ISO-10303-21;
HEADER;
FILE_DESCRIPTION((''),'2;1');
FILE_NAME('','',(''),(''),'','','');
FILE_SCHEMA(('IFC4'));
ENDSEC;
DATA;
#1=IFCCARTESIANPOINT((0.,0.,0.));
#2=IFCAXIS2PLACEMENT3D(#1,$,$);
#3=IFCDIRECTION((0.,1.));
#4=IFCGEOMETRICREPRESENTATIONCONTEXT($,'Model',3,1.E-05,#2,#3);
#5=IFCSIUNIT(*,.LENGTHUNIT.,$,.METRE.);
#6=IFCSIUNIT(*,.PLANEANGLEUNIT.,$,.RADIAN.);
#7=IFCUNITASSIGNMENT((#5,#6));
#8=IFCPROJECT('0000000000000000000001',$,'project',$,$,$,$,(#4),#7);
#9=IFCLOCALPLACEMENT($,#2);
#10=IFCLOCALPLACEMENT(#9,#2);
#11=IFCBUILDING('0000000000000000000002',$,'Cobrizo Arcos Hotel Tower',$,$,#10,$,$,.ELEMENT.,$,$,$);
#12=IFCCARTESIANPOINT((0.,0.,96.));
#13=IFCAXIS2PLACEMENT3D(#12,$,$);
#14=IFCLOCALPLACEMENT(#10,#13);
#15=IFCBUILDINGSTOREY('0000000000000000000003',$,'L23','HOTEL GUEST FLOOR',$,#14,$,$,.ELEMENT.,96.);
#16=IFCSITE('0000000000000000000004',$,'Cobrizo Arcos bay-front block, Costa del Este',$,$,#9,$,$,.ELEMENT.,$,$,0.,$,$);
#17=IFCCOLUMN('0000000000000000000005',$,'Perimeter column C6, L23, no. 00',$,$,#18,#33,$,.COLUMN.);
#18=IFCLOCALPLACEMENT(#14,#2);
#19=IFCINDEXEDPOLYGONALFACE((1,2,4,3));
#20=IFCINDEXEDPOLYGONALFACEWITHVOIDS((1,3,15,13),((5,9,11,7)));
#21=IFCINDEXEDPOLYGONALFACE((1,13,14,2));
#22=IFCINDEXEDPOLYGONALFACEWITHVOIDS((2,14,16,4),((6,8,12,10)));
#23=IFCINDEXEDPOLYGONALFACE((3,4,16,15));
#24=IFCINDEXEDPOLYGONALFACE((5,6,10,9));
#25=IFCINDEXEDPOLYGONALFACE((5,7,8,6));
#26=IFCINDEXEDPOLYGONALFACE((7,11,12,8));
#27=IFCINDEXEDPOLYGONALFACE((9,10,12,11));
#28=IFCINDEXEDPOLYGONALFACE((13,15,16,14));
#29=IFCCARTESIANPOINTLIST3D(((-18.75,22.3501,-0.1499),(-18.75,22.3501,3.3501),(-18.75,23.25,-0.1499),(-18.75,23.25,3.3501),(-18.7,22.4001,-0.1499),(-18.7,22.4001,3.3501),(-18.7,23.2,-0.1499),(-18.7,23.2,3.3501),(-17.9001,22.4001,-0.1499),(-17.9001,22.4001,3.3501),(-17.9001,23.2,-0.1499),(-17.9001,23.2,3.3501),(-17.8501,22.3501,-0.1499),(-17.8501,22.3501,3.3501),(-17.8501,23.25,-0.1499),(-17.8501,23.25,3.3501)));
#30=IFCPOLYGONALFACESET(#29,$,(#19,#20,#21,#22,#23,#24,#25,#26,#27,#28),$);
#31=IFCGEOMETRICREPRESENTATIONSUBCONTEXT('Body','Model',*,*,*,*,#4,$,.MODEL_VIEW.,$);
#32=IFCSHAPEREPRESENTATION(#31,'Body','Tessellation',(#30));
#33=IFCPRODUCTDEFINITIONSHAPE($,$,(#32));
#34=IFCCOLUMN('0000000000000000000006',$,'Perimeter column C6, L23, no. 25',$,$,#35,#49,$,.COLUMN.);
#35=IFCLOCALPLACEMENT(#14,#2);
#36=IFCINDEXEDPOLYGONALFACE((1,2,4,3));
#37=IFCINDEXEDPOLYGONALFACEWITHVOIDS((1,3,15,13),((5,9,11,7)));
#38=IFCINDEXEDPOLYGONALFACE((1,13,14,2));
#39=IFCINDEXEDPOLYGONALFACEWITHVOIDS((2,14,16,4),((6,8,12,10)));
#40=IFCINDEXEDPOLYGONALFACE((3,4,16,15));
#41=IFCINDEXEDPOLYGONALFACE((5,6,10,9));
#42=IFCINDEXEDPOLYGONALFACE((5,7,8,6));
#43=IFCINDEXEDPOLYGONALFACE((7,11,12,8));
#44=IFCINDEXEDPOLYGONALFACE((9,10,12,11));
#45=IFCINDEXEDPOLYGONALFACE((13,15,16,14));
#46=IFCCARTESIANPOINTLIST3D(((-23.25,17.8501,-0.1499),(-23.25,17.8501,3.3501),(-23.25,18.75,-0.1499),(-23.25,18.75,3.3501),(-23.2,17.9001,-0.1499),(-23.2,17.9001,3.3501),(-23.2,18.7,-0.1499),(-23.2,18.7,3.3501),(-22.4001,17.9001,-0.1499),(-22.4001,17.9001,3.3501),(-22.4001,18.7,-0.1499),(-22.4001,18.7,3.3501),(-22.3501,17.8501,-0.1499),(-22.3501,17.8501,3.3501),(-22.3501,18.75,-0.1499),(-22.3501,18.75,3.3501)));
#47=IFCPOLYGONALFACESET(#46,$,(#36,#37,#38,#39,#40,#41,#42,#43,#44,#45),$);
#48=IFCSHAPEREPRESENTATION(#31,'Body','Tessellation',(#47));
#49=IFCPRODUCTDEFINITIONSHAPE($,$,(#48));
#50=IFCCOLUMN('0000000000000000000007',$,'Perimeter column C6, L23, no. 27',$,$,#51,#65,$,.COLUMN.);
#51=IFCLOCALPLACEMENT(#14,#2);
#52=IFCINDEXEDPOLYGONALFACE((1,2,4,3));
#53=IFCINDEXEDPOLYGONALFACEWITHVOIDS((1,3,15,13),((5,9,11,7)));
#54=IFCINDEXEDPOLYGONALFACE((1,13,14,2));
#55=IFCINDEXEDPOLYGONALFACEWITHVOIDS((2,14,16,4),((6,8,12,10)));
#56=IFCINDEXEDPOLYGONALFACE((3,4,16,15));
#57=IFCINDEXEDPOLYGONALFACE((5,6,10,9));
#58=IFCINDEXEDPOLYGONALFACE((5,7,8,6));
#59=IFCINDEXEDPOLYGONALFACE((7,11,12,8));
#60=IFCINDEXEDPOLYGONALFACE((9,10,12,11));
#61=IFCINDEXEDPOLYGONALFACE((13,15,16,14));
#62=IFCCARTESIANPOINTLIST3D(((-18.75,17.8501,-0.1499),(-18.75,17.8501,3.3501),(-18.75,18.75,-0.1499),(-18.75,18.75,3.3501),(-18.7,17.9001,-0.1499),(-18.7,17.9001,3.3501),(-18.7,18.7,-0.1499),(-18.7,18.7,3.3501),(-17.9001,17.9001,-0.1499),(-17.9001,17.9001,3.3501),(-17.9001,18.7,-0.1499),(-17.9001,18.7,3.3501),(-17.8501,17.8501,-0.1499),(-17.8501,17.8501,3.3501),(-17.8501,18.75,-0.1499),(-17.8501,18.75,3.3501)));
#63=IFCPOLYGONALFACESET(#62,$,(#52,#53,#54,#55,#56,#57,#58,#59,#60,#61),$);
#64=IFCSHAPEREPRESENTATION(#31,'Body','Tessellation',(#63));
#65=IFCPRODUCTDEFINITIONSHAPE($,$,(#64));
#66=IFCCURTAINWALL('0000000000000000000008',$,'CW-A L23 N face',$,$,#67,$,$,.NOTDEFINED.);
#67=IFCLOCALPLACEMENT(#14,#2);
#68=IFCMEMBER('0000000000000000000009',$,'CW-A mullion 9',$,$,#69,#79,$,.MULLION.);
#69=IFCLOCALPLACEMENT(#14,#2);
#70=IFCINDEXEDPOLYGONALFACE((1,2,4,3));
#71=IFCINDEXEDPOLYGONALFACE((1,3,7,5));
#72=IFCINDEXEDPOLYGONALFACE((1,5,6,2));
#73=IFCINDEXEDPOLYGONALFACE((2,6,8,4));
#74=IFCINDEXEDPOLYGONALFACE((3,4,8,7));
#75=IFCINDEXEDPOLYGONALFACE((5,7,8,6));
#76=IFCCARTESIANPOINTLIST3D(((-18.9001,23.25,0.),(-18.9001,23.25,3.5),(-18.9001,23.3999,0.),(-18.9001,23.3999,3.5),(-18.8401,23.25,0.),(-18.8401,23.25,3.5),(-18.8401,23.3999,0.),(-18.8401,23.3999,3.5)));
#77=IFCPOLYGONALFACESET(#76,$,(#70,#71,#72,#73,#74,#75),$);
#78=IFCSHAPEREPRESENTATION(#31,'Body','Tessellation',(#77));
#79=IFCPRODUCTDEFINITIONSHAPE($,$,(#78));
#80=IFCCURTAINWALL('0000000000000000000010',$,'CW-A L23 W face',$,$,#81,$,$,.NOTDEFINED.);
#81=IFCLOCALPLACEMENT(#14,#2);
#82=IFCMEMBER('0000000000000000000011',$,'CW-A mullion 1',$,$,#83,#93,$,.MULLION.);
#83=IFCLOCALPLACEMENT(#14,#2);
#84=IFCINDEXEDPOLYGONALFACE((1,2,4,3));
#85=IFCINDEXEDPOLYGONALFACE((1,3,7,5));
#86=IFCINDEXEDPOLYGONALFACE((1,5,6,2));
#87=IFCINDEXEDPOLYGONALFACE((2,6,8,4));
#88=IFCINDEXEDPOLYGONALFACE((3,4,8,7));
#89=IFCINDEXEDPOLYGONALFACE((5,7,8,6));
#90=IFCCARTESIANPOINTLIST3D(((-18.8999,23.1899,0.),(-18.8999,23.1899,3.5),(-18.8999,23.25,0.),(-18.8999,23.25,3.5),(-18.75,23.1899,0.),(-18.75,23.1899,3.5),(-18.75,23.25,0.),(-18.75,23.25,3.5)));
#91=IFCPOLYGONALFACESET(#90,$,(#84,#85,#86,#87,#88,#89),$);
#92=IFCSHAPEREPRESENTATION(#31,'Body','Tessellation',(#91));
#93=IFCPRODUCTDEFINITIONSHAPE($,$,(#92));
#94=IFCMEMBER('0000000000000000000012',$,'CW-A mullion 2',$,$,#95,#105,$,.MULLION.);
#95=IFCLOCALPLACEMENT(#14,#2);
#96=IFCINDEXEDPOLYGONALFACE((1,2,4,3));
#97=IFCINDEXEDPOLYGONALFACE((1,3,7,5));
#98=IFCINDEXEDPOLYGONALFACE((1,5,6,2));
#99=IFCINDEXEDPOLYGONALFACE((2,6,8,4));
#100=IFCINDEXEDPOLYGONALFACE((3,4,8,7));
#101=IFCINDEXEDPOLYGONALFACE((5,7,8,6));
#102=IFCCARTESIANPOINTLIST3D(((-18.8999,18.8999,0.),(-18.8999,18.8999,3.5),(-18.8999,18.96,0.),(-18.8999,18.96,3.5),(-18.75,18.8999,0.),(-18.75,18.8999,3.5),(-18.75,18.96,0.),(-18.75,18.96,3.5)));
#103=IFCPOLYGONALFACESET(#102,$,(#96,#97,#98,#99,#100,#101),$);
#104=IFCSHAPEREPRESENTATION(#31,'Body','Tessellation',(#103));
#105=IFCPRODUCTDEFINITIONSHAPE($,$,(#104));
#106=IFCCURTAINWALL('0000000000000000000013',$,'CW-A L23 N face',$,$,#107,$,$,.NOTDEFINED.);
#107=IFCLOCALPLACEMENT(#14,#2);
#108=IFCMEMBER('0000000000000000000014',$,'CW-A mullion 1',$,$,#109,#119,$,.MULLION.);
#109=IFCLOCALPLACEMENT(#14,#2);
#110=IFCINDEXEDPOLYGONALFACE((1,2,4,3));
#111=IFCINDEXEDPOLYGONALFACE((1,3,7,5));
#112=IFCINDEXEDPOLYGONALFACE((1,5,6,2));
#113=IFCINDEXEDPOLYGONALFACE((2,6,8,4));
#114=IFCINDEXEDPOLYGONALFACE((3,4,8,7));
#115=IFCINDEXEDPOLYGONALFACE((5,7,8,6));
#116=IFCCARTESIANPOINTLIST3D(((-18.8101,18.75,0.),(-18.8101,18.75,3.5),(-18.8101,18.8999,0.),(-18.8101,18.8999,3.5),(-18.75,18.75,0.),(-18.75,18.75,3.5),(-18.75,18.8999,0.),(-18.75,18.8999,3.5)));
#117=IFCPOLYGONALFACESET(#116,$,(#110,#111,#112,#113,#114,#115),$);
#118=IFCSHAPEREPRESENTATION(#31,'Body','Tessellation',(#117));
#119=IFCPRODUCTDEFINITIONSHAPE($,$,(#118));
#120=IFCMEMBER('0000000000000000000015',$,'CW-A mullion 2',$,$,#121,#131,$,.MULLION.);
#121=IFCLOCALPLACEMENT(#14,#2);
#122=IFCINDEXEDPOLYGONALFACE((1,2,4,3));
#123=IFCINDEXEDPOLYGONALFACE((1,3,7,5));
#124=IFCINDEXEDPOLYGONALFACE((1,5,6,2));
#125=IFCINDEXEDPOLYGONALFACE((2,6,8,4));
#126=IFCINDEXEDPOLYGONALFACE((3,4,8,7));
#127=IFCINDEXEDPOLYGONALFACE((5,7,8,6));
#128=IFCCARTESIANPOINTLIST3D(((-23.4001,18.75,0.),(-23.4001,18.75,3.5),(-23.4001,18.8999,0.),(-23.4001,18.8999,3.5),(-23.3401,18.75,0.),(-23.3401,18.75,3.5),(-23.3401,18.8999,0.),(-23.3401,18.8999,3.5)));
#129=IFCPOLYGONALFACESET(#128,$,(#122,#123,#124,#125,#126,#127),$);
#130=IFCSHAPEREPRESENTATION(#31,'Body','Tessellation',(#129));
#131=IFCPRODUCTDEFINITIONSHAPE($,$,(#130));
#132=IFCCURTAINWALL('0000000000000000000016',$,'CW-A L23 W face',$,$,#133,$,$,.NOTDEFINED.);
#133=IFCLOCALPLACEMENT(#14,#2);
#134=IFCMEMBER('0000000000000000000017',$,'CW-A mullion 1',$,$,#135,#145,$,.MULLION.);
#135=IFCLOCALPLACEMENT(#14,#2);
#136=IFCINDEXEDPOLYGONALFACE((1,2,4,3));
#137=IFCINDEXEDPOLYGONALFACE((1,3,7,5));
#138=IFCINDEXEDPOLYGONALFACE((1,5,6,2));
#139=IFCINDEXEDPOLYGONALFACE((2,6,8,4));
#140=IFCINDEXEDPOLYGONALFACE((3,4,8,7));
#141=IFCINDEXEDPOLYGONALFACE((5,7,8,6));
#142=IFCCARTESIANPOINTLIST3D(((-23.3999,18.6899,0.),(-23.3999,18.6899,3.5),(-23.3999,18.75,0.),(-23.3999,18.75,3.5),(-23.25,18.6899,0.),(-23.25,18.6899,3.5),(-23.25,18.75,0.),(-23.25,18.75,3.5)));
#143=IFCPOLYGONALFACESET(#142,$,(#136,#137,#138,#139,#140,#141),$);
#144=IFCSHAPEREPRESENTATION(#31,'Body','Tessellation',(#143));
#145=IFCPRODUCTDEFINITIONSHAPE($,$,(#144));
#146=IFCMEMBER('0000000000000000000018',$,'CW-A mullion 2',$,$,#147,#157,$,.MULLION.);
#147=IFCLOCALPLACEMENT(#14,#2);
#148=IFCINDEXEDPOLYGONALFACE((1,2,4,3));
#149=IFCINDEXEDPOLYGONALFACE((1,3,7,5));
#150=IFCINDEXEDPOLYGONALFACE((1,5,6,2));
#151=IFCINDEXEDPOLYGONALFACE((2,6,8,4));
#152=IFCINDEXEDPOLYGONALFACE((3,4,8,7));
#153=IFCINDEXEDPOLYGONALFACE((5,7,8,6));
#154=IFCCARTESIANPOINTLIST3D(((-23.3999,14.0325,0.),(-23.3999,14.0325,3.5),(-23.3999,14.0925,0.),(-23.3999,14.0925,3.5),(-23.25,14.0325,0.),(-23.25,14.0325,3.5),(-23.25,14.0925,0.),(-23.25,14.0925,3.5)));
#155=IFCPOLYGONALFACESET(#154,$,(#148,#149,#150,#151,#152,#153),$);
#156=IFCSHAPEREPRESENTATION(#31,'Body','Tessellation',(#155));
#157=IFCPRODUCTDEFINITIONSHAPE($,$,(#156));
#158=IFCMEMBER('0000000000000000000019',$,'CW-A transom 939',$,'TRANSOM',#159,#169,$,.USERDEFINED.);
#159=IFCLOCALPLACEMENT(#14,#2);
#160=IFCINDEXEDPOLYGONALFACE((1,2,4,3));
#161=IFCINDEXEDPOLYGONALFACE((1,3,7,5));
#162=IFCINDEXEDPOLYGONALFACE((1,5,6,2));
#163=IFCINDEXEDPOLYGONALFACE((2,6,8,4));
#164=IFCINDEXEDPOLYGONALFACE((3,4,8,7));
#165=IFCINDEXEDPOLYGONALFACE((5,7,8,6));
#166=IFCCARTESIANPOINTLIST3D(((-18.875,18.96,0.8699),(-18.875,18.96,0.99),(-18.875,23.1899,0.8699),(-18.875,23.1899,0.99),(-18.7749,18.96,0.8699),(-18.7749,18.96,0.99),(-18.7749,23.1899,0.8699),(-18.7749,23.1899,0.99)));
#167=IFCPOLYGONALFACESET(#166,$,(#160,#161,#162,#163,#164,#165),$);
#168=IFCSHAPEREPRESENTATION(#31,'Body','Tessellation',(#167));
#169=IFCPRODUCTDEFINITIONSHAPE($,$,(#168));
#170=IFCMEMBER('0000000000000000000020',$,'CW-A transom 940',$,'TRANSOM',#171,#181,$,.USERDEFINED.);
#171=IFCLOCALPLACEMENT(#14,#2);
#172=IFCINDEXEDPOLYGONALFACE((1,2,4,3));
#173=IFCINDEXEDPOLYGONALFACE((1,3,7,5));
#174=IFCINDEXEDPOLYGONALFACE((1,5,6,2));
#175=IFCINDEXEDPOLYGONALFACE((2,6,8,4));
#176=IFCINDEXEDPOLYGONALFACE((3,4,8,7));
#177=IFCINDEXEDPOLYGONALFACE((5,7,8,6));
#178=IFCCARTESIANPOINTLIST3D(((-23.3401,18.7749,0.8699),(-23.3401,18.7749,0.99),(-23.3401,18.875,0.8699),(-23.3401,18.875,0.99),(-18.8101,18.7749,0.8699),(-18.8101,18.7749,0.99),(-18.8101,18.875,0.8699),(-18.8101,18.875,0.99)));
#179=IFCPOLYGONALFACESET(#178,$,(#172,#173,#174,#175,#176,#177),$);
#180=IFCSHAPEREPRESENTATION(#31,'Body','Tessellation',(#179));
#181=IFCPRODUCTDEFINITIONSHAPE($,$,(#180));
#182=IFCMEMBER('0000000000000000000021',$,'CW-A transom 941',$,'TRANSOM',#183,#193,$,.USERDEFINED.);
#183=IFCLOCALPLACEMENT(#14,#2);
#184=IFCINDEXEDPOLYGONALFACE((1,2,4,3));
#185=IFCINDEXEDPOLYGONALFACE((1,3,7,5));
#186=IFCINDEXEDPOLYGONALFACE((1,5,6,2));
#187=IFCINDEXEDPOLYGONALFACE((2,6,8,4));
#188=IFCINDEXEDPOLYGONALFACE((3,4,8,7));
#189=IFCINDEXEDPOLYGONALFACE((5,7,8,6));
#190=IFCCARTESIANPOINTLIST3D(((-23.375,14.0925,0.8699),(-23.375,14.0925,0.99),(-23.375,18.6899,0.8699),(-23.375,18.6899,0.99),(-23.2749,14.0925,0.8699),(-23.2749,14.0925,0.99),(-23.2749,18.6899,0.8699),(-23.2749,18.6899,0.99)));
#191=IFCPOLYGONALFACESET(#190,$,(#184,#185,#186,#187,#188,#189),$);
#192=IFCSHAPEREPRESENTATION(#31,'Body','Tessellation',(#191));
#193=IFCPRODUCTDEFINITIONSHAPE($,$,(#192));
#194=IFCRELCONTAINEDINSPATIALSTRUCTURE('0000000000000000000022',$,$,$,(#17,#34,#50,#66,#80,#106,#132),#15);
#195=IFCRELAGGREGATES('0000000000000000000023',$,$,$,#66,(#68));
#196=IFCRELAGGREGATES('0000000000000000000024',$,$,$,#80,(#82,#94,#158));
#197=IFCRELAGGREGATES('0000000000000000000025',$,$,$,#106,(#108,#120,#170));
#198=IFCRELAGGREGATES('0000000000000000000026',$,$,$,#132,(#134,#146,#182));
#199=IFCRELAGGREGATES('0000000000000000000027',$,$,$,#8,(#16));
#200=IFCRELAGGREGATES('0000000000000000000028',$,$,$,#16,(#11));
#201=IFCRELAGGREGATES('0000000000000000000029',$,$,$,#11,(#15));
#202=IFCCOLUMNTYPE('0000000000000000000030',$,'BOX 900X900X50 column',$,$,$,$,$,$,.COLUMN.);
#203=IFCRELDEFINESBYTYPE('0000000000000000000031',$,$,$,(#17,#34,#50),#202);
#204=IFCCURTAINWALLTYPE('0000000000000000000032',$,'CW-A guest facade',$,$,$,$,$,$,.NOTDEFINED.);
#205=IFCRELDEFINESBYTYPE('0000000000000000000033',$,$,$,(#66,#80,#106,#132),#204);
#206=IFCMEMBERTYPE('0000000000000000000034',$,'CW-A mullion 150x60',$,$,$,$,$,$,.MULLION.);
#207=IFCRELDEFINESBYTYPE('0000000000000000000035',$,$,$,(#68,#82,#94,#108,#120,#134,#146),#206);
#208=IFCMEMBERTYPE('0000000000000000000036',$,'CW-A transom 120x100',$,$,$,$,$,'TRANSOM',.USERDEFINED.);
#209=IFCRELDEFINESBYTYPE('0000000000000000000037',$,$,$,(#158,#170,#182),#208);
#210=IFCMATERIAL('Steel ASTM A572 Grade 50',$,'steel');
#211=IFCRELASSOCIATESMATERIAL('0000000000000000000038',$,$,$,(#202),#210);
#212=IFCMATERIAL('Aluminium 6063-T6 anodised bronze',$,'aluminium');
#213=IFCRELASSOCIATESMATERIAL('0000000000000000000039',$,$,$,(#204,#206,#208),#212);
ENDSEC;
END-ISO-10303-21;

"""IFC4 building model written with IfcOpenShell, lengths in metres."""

from ifc_helpers import new_model, si_unit, direction, frame, origin, origin_2d, place, context, subcontext, project, spatial, rectangle, hollow_rectangle, extrude, material, material_profile, profile_set, type_object, element, aggregate, save


model = new_model("IFC4")

# Units and contexts
model_context = context("Model", 3, precision=1e-05, world=origin(), true_north=direction((0.0, 1.0)))
body_context = subcontext(model_context, "Body", "Model", "MODEL_VIEW")
ifc_project = project(units=[si_unit("LENGTHUNIT", "METRE"), si_unit("PLANEANGLEUNIT", "RADIAN")], contexts=[model_context])

# Site, building, storey
site_placement = place(None, origin())
site = spatial("IfcSite", under=ifc_project, at=site_placement, Name="Cobrizo Arcos bay-front block, Costa del Este", CompositionType="ELEMENT", RefElevation=0.0)
building_placement = place(site_placement, origin())
building = spatial("IfcBuilding", under=site, at=building_placement, Name="Cobrizo Arcos Hotel Tower", CompositionType="ELEMENT")
storey_placement = place(building_placement, frame((0.0, 0.0, 96.0)))
storey = spatial("IfcBuildingStorey", under=building, at=storey_placement, Name="L23", Description="HOTEL GUEST FLOOR", CompositionType="ELEMENT", Elevation=96.0)

# Columns
ifc_material_1 = material(Name="Steel ASTM A572 Grade 50", Category="steel")
ifc_material_profile_1 = material_profile(ifc_material_1, hollow_rectangle(XDim=0.8999, YDim=0.8999, WallThickness=0.05, at=origin_2d()), Name="BOX 900X900X50")
ifc_profile_set_1 = profile_set([ifc_material_profile_1], Name="Steel ASTM A572 Grade 50")
column_type = type_object("IfcColumnType", Name="BOX 900X900X50 column", PredefinedType="COLUMN", material=ifc_profile_set_1)
for number, where, z_axis, x_axis, name in (
    (1, (-18.3, 22.8, -0.1499), (0.0, 0.0, 1.0), (1.0, 0.0, 0.0), "Perimeter column C6, L23, no. 00"),
    (2, (-22.8, 18.3, -0.1499), (0.0, 0.0, 1.0), (1.0, 0.0, 0.0), "Perimeter column C6, L23, no. 25"),
    (3, (-18.3, 18.3, -0.1499), (0.0, 0.0, 1.0), (1.0, 0.0, 0.0), "Perimeter column C6, L23, no. 27"),
):
    element("IfcColumn", number, at=place(storey_placement, frame(where, z_axis=z_axis, x_axis=x_axis)), inside=storey, type_object=column_type, Name=name, PredefinedType="COLUMN", context=body_context, shape_type="SweptSolid", body=[
        extrude(hollow_rectangle(XDim=0.8999, YDim=0.8999, WallThickness=0.05, at=origin_2d()), origin(), (0.0, 0.0, 1.0), 3.5),
    ])

# Curtain wall, member
ifc_material_2 = material(Name="Aluminium 6063-T6 anodised bronze", Category="aluminium")
curtain_wall_type = type_object("IfcCurtainWallType", Name="CW-A guest facade", PredefinedType="NOTDEFINED", material=ifc_material_2)
curtain_wall_1_placement = place(storey_placement, origin())
curtain_wall_1 = element("IfcCurtainWall", 4, at=curtain_wall_1_placement, inside=storey, type_object=curtain_wall_type, Name="CW-A L23 N face", PredefinedType="NOTDEFINED")
ifc_material_profile_2 = material_profile(ifc_material_2, rectangle(XDim=0.1499, YDim=0.0601, at=origin_2d()), Name="CW-A mullion 150x60")
ifc_profile_set_2 = profile_set([ifc_material_profile_2], Name="Aluminium 6063-T6 anodised bronze")
member_type_1 = type_object("IfcMemberType", Name="CW-A mullion 150x60", PredefinedType="MULLION", material=ifc_profile_set_2)
member_1_placement = place(storey_placement, frame((-18.8701, 23.325, 0.0), z_axis=(0.0, 0.0, 1.0), x_axis=(0.0, 1.0, 0.0)))
member_1 = element("IfcMember", 5, at=member_1_placement, type_object=member_type_1, Name="CW-A mullion 9", PredefinedType="MULLION", context=body_context, shape_type="SweptSolid", body=[
    extrude(rectangle(XDim=0.1499, YDim=0.0601, at=origin_2d()), origin(), (0.0, 0.0, 1.0), 3.5),
])

# Curtain walls, members
curtain_wall_2_placement = place(storey_placement, origin())
curtain_wall_2 = element("IfcCurtainWall", 6, at=curtain_wall_2_placement, inside=storey, type_object=curtain_wall_type, Name="CW-A L23 W face", PredefinedType="NOTDEFINED")
member_2_placement = place(storey_placement, frame((-18.825, 23.22, 0.0), z_axis=(0.0, 0.0, 1.0), x_axis=(-1.0, 0.0, 0.0)))
member_2 = element("IfcMember", 7, at=member_2_placement, type_object=member_type_1, Name="CW-A mullion 1", PredefinedType="MULLION", context=body_context, shape_type="SweptSolid", body=[
    extrude(rectangle(XDim=0.1499, YDim=0.0601, at=origin_2d()), origin(), (0.0, 0.0, 1.0), 3.5),
])
member_3_placement = place(storey_placement, frame((-18.825, 18.9299, 0.0), z_axis=(0.0, 0.0, 1.0), x_axis=(-1.0, 0.0, 0.0)))
member_3 = element("IfcMember", 8, at=member_3_placement, type_object=member_type_1, Name="CW-A mullion 2", PredefinedType="MULLION", context=body_context, shape_type="SweptSolid", body=[
    extrude(rectangle(XDim=0.1499, YDim=0.0601, at=origin_2d()), origin(), (0.0, 0.0, 1.0), 3.5),
])
curtain_wall_3_placement = place(storey_placement, origin())
curtain_wall_3 = element("IfcCurtainWall", 9, at=curtain_wall_3_placement, inside=storey, type_object=curtain_wall_type, Name="CW-A L23 N face", PredefinedType="NOTDEFINED")
member_4_placement = place(storey_placement, frame((-18.78, 18.825, 0.0), z_axis=(0.0, 0.0, 1.0), x_axis=(0.0, 1.0, 0.0)))
member_4 = element("IfcMember", 10, at=member_4_placement, type_object=member_type_1, Name="CW-A mullion 1", PredefinedType="MULLION", context=body_context, shape_type="SweptSolid", body=[
    extrude(rectangle(XDim=0.1499, YDim=0.0601, at=origin_2d()), origin(), (0.0, 0.0, 1.0), 3.5),
])
member_5_placement = place(storey_placement, frame((-23.3701, 18.825, 0.0), z_axis=(0.0, 0.0, 1.0), x_axis=(0.0, 1.0, 0.0)))
member_5 = element("IfcMember", 11, at=member_5_placement, type_object=member_type_1, Name="CW-A mullion 2", PredefinedType="MULLION", context=body_context, shape_type="SweptSolid", body=[
    extrude(rectangle(XDim=0.1499, YDim=0.0601, at=origin_2d()), origin(), (0.0, 0.0, 1.0), 3.5),
])
curtain_wall_4_placement = place(storey_placement, origin())
curtain_wall_4 = element("IfcCurtainWall", 12, at=curtain_wall_4_placement, inside=storey, type_object=curtain_wall_type, Name="CW-A L23 W face", PredefinedType="NOTDEFINED")
member_6_placement = place(storey_placement, frame((-23.325, 18.72, 0.0), z_axis=(0.0, 0.0, 1.0), x_axis=(-1.0, 0.0, 0.0)))
member_6 = element("IfcMember", 13, at=member_6_placement, type_object=member_type_1, Name="CW-A mullion 1", PredefinedType="MULLION", context=body_context, shape_type="SweptSolid", body=[
    extrude(rectangle(XDim=0.1499, YDim=0.0601, at=origin_2d()), origin(), (0.0, 0.0, 1.0), 3.5),
])
member_7_placement = place(storey_placement, frame((-23.325, 14.0625, 0.0), z_axis=(0.0, 0.0, 1.0), x_axis=(-1.0, 0.0, 0.0)))
member_7 = element("IfcMember", 14, at=member_7_placement, type_object=member_type_1, Name="CW-A mullion 2", PredefinedType="MULLION", context=body_context, shape_type="SweptSolid", body=[
    extrude(rectangle(XDim=0.1499, YDim=0.0601, at=origin_2d()), origin(), (0.0, 0.0, 1.0), 3.5),
])

# Members
ifc_material_profile_3 = material_profile(ifc_material_2, rectangle(XDim=0.1001, YDim=0.1201, at=origin_2d()), Name="CW-A transom 120x100")
ifc_profile_set_3 = profile_set([ifc_material_profile_3], Name="Aluminium 6063-T6 anodised bronze")
member_type_2 = type_object("IfcMemberType", Name="CW-A transom 120x100", ElementType="TRANSOM", PredefinedType="USERDEFINED", material=ifc_profile_set_3)
member_8_placement = place(storey_placement, frame((-18.825, 23.1899, 0.9299), z_axis=(0.0, -1.0, 0.0), x_axis=(1.0, 0.0, 0.0)))
member_8 = element("IfcMember", 15, at=member_8_placement, type_object=member_type_2, Name="CW-A transom 939", ObjectType="TRANSOM", PredefinedType="USERDEFINED", context=body_context, shape_type="SweptSolid", body=[
    extrude(rectangle(XDim=0.1001, YDim=0.1201, at=origin_2d()), origin(), (0.0, 0.0, 1.0), 4.23),
])
member_9_placement = place(storey_placement, frame((-18.8101, 18.825, 0.9299), z_axis=(-1.0, 0.0, 0.0), x_axis=(0.0, -1.0, 0.0)))
member_9 = element("IfcMember", 16, at=member_9_placement, type_object=member_type_2, Name="CW-A transom 940", ObjectType="TRANSOM", PredefinedType="USERDEFINED", context=body_context, shape_type="SweptSolid", body=[
    extrude(rectangle(XDim=0.1001, YDim=0.1201, at=origin_2d()), origin(), (0.0, 0.0, 1.0), 4.53),
])
member_10_placement = place(storey_placement, frame((-23.325, 18.6899, 0.9299), z_axis=(0.0, -1.0, 0.0), x_axis=(1.0, 0.0, 0.0)))
member_10 = element("IfcMember", 17, at=member_10_placement, type_object=member_type_2, Name="CW-A transom 941", ObjectType="TRANSOM", PredefinedType="USERDEFINED", context=body_context, shape_type="SweptSolid", body=[
    extrude(rectangle(XDim=0.1001, YDim=0.1201, at=origin_2d()), origin(), (0.0, 0.0, 1.0), 4.5974),
])

aggregate(curtain_wall_1, [member_1])
aggregate(curtain_wall_2, [member_2, member_3, member_8])
aggregate(curtain_wall_3, [member_4, member_5, member_9])
aggregate(curtain_wall_4, [member_6, member_7, member_10])

save(model, "model.ifc")
